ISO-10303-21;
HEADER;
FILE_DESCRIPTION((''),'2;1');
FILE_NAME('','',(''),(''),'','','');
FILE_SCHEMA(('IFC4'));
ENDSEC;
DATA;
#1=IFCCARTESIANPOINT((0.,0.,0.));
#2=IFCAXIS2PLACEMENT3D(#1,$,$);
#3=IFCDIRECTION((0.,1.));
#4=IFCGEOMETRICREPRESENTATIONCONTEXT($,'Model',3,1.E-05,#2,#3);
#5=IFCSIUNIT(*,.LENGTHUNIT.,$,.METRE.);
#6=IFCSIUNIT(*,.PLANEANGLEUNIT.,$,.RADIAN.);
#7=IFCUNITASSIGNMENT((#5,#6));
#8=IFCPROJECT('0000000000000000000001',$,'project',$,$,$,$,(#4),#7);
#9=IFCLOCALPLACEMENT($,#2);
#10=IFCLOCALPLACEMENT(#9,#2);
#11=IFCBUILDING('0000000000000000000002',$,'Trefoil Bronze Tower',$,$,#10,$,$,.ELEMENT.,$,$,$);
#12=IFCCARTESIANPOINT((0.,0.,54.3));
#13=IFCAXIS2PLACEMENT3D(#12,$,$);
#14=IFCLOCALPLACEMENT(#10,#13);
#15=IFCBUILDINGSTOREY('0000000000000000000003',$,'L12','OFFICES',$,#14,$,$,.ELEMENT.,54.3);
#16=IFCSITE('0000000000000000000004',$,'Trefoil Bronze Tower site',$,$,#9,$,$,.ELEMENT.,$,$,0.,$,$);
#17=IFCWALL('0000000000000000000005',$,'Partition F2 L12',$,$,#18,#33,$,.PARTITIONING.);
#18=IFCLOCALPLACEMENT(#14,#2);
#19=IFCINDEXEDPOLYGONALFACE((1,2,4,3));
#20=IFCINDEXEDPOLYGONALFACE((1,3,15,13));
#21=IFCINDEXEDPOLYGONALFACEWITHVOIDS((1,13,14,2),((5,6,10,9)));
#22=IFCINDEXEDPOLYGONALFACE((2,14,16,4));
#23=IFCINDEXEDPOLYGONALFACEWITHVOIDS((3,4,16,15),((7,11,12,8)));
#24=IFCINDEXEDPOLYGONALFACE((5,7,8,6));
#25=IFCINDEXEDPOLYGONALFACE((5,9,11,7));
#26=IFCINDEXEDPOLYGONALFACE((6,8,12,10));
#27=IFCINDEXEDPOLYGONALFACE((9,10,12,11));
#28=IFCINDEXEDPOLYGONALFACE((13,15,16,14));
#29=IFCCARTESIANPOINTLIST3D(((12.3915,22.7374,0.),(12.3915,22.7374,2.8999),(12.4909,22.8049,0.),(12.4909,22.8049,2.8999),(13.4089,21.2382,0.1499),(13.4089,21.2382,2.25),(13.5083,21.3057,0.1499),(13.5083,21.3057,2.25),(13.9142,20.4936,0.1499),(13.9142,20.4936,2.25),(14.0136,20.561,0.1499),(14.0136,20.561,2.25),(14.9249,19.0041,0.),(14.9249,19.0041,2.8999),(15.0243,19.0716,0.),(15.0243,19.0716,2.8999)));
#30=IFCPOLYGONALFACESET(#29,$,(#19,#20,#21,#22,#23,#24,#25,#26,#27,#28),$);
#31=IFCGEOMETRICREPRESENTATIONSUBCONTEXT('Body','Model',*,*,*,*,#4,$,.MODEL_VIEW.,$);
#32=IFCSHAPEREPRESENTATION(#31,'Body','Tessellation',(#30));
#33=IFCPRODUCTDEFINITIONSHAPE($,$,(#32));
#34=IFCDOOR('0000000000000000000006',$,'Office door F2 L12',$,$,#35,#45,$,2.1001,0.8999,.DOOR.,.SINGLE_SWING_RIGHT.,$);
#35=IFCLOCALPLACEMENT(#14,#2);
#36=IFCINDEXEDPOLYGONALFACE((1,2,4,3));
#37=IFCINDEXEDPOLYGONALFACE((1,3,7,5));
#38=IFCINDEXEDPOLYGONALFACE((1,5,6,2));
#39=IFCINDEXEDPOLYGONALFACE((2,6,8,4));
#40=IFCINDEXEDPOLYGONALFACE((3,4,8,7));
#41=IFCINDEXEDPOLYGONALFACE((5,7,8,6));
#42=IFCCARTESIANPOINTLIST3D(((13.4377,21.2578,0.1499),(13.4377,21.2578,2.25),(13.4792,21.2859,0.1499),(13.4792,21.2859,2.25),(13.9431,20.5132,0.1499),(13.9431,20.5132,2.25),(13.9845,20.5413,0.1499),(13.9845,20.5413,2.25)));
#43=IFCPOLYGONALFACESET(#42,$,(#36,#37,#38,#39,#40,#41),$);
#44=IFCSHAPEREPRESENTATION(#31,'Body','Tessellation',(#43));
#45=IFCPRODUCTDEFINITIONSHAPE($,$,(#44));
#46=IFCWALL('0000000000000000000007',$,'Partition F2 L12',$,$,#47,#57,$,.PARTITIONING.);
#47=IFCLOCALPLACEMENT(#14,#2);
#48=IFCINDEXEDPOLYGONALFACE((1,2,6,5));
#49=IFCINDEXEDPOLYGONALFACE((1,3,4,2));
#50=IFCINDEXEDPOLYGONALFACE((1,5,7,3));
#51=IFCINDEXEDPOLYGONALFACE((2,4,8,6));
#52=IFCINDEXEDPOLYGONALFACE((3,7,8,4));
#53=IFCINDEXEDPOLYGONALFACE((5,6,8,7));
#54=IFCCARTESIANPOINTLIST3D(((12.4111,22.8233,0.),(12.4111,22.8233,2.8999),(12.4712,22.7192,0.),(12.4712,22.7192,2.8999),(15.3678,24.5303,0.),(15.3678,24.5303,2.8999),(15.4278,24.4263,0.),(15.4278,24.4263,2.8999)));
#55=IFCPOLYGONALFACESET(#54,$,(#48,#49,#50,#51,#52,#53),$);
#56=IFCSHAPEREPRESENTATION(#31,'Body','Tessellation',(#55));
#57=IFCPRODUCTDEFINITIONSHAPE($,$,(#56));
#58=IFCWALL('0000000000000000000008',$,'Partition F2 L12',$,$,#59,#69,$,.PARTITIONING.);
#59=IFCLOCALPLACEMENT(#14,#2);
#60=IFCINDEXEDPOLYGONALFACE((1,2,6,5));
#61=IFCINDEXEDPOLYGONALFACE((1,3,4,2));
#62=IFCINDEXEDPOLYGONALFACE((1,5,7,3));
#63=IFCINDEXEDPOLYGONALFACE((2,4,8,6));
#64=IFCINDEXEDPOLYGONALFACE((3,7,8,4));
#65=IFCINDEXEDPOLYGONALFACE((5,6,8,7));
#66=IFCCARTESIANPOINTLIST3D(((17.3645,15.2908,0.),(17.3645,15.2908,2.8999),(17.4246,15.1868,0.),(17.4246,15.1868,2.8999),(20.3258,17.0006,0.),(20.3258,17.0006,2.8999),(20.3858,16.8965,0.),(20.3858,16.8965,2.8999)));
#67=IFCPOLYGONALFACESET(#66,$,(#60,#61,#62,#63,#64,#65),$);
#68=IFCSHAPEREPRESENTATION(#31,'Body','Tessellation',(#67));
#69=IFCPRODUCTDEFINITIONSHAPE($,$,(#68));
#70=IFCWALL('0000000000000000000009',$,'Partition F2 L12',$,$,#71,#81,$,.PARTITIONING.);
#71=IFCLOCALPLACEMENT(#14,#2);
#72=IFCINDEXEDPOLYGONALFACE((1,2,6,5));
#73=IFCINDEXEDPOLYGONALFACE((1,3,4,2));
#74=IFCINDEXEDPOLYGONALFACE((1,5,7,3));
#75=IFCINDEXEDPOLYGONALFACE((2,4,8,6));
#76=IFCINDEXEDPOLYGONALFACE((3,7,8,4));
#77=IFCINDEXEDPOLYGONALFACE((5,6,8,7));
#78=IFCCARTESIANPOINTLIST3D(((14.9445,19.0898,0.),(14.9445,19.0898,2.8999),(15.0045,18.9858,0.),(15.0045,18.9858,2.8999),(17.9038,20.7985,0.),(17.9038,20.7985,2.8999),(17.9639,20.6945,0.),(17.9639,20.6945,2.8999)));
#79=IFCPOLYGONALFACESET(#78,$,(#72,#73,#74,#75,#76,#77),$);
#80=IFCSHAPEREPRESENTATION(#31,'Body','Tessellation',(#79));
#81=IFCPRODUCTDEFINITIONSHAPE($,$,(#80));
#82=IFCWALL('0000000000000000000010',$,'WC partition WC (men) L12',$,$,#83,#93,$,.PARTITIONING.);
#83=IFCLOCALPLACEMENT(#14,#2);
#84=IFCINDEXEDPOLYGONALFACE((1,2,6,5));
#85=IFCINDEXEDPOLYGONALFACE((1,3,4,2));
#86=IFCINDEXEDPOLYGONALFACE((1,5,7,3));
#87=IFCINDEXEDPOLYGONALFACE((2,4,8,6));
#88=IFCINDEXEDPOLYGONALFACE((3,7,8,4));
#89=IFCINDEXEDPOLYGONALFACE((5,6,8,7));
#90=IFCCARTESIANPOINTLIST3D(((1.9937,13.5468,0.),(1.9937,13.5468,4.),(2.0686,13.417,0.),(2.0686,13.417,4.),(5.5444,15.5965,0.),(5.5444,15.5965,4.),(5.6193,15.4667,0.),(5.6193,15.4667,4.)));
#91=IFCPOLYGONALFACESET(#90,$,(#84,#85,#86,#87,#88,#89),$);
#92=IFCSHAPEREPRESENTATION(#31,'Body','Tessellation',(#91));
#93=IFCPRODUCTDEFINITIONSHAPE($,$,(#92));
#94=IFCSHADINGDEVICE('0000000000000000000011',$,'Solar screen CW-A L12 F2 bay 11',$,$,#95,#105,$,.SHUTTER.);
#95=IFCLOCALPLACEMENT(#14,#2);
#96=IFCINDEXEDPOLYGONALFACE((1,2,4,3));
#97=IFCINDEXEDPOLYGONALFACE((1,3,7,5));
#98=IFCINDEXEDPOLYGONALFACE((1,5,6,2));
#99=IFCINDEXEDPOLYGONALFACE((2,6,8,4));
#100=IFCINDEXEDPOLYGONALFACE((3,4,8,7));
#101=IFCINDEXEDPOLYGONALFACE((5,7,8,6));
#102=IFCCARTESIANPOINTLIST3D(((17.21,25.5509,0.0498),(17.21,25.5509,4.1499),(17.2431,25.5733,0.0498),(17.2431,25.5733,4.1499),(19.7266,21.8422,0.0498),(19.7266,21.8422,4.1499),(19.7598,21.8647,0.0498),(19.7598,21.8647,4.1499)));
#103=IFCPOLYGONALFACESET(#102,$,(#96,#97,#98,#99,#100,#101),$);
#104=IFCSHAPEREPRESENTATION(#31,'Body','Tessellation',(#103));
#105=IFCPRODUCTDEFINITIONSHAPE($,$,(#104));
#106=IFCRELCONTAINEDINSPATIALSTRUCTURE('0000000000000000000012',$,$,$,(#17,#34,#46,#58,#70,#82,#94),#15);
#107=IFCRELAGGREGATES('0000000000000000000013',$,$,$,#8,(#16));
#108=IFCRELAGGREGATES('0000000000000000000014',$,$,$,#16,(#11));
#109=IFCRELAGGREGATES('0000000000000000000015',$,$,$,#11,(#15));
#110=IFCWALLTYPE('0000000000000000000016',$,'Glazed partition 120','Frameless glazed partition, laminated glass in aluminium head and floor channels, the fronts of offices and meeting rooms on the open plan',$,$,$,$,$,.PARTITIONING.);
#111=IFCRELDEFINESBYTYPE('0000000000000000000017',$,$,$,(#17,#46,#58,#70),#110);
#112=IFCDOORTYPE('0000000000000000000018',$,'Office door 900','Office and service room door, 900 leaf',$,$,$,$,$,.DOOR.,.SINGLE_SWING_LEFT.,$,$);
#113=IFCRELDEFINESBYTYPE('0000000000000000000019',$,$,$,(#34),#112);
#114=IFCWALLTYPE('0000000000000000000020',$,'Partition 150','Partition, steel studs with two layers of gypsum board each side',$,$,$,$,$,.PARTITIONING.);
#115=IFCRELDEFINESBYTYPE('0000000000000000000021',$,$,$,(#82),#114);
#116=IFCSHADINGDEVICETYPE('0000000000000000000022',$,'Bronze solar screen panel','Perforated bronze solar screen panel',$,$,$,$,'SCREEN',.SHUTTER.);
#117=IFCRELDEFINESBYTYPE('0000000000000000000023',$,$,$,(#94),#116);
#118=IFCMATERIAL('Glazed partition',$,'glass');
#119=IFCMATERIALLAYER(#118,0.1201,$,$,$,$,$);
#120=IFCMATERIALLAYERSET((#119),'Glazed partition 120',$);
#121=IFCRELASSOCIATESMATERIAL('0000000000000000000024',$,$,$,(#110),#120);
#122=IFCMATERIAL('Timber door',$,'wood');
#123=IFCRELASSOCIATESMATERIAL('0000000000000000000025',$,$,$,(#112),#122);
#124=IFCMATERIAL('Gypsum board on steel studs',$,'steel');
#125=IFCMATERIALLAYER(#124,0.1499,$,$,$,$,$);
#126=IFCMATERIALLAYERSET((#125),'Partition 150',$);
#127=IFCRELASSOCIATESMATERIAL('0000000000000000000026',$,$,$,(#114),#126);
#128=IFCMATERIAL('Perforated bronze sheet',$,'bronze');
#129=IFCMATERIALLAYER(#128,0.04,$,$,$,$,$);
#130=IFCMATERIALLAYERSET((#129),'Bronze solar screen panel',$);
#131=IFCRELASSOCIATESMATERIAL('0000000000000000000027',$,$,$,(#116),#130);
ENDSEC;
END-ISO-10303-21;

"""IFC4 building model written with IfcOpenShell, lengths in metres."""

from ifc_helpers import new_model, si_unit, direction, frame, frame_2d, origin, origin_2d, place, context, subcontext, project, spatial, rectangle, extrude, material, layer, layer_set, type_object, element, fill, save


model = new_model("IFC4")

# Units and contexts
model_context = context("Model", 3, precision=1e-05, world=origin(), true_north=direction((0.0, 1.0)))
body_context = subcontext(model_context, "Body", "Model", "MODEL_VIEW")
ifc_project = project(units=[si_unit("LENGTHUNIT", "METRE"), si_unit("PLANEANGLEUNIT", "RADIAN")], contexts=[model_context])

# Site, building, storey
site_placement = place(None, origin())
site = spatial("IfcSite", under=ifc_project, at=site_placement, Name="Trefoil Bronze Tower site", CompositionType="ELEMENT", RefElevation=0.0)
building_placement = place(site_placement, origin())
building = spatial("IfcBuilding", under=site, at=building_placement, Name="Trefoil Bronze Tower", CompositionType="ELEMENT")
storey_placement = place(building_placement, frame((0.0, 0.0, 54.3)))
storey = spatial("IfcBuildingStorey", under=building, at=storey_placement, Name="L12", Description="OFFICES", CompositionType="ELEMENT", Elevation=54.3)

# Shared definitions
ifc_material_1 = material(Name="Glazed partition", Category="glass")
ifc_layer_1 = layer(ifc_material_1, 0.1201)
ifc_layer_set_1 = layer_set([ifc_layer_1], Name="Glazed partition 120")
wall_type_1 = type_object("IfcWallType", Name="Glazed partition 120", Description="Frameless glazed partition, laminated glass in aluminium head and floor channels, the fronts of offices and meeting rooms on the open plan", PredefinedType="PARTITIONING", material=ifc_layer_set_1)

# Wall, opening, door
ifc_material_2 = material(Name="Timber door", Category="wood")
door_type_1 = type_object("IfcDoorType", Name="Office door 900", Description="Office and service room door, 900 leaf", OperationType="SINGLE_SWING_LEFT", PredefinedType="DOOR", material=ifc_material_2)
wall_1_placement = place(storey_placement, frame((14.9746, 19.0378, 0.0), z_axis=(0.0, 0.0, 1.0), x_axis=(-0.561512, 0.827469, 0.0)))
wall_1 = element("IfcWall", 1, at=wall_1_placement, inside=storey, type_object=wall_type_1, Name="Partition F2 L12", PredefinedType="PARTITIONING", context=body_context, shape_type="SweptSolid", body=[
    extrude(rectangle(XDim=4.5117, YDim=0.1201, at=frame_2d((2.2559, 0.0))), origin(), (0.0, 0.0, 1.0), 2.8999),
])
opening_1_placement = place(wall_1_placement, frame((1.8, 0.0, 0.1499)))
opening_1 = element("IfcOpeningElement", 2, at=opening_1_placement, cuts=wall_1, PredefinedType="OPENING", context=body_context, shape_type="SweptSolid", body=[
    extrude(rectangle(XDim=0.8999, YDim=2.1001, at=frame_2d((0.45, 1.05))), frame((0.0, 0.0701, 0.0), z_axis=(0.0, -1.0, 0.0), x_axis=(1.0, 0.0, 0.0)), (0.0, 0.0, 1.0), 0.1401),
])
door_1_placement = place(opening_1_placement, frame((0.8999, 0.0, 0.0), z_axis=(0.0, 0.0, 1.0), x_axis=(-1.0, 0.0, 0.0)))
door_1 = element("IfcDoor", 3, at=door_1_placement, inside=storey, type_object=door_type_1, Name="Office door F2 L12", OperationType="SINGLE_SWING_RIGHT", OverallHeight=2.1001, OverallWidth=0.8999, PredefinedType="DOOR", context=body_context, shape_type="SweptSolid", body=[
    extrude(rectangle(XDim=0.8999, YDim=2.1001, at=frame_2d((0.45, 1.05))), frame((0.0, 0.0249, 0.0), z_axis=(0.0, -1.0, 0.0), x_axis=(1.0, 0.0, 0.0)), (0.0, 0.0, 1.0), 0.05),
])
fill(opening_1, door_1)

# Walls
wall_2_placement = place(storey_placement, frame((12.4412, 22.7712, 0.0), z_axis=(0.0, 0.0, 1.0), x_axis=(0.866016, 0.500015, 0.0)))
element("IfcWall", 4, at=wall_2_placement, inside=storey, type_object=wall_type_1, Name="Partition F2 L12", PredefinedType="PARTITIONING", context=body_context, shape_type="SweptSolid", body=[
    extrude(rectangle(XDim=3.4141, YDim=0.1201, at=frame_2d((1.707, 0.0))), origin(), (0.0, 0.0, 1.0), 2.8999),
])
wall_3_placement = place(storey_placement, frame((17.3945, 15.2388, 0.0), z_axis=(0.0, 0.0, 1.0), x_axis=(0.866016, 0.500017, 0.0)))
element("IfcWall", 5, at=wall_3_placement, inside=storey, type_object=wall_type_1, Name="Partition F2 L12", PredefinedType="PARTITIONING", context=body_context, shape_type="SweptSolid", body=[
    extrude(rectangle(XDim=3.4194, YDim=0.1201, at=frame_2d((1.7097, 0.0))), origin(), (0.0, 0.0, 1.0), 2.8999),
])
wall_4_placement = place(storey_placement, frame((14.9746, 19.0378, 0.0), z_axis=(0.0, 0.0, 1.0), x_axis=(0.866014, 0.500019, 0.0)))
element("IfcWall", 6, at=wall_4_placement, inside=storey, type_object=wall_type_1, Name="Partition F2 L12", PredefinedType="PARTITIONING", context=body_context, shape_type="SweptSolid", body=[
    extrude(rectangle(XDim=3.4172, YDim=0.1201, at=frame_2d((1.7085, 0.0))), origin(), (0.0, 0.0, 1.0), 2.8999),
])
ifc_material_3 = material(Name="Gypsum board on steel studs", Category="steel")
ifc_layer_2 = layer(ifc_material_3, 0.1499)
ifc_layer_set_2 = layer_set([ifc_layer_2], Name="Partition 150")
wall_type_2 = type_object("IfcWallType", Name="Partition 150", Description="Partition, steel studs with two layers of gypsum board each side", PredefinedType="PARTITIONING", material=ifc_layer_set_2)
wall_5_placement = place(storey_placement, frame((2.0312, 13.4819, 0.0), z_axis=(0.0, 0.0, 1.0), x_axis=(0.866051, 0.499956, 0.0)))
element("IfcWall", 7, at=wall_5_placement, inside=storey, type_object=wall_type_2, Name="WC partition WC (men) L12", PredefinedType="PARTITIONING", context=body_context, shape_type="SweptSolid", body=[
    extrude(rectangle(XDim=4.0999, YDim=0.1499, at=frame_2d((2.0498, 0.0))), origin(), (0.0, 0.0, 1.0), 4.0),
])

# Shading device
ifc_material_4 = material(Name="Perforated bronze sheet", Category="bronze")
ifc_layer_3 = layer(ifc_material_4, 0.04)
ifc_layer_set_3 = layer_set([ifc_layer_3], Name="Bronze solar screen panel")
shading_device_type = type_object("IfcShadingDeviceType", Name="Bronze solar screen panel", Description="Perforated bronze solar screen panel", ElementType="SCREEN", PredefinedType="SHUTTER", material=ifc_layer_set_3)
shading_device_placement = place(storey_placement, frame((18.4849, 23.7078, 0.0498), z_axis=(0.0, 0.0, 1.0), x_axis=(-0.56151, 0.82747, 0.0)))
element("IfcShadingDevice", 8, at=shading_device_placement, inside=storey, type_object=shading_device_type, Name="Solar screen CW-A L12 F2 bay 11", PredefinedType="SHUTTER", context=body_context, shape_type="SweptSolid", body=[
    extrude(rectangle(XDim=4.4819, YDim=0.04, at=origin_2d()), origin(), (0.0, 0.0, 1.0), 4.1001),
])

save(model, "model.ifc")
